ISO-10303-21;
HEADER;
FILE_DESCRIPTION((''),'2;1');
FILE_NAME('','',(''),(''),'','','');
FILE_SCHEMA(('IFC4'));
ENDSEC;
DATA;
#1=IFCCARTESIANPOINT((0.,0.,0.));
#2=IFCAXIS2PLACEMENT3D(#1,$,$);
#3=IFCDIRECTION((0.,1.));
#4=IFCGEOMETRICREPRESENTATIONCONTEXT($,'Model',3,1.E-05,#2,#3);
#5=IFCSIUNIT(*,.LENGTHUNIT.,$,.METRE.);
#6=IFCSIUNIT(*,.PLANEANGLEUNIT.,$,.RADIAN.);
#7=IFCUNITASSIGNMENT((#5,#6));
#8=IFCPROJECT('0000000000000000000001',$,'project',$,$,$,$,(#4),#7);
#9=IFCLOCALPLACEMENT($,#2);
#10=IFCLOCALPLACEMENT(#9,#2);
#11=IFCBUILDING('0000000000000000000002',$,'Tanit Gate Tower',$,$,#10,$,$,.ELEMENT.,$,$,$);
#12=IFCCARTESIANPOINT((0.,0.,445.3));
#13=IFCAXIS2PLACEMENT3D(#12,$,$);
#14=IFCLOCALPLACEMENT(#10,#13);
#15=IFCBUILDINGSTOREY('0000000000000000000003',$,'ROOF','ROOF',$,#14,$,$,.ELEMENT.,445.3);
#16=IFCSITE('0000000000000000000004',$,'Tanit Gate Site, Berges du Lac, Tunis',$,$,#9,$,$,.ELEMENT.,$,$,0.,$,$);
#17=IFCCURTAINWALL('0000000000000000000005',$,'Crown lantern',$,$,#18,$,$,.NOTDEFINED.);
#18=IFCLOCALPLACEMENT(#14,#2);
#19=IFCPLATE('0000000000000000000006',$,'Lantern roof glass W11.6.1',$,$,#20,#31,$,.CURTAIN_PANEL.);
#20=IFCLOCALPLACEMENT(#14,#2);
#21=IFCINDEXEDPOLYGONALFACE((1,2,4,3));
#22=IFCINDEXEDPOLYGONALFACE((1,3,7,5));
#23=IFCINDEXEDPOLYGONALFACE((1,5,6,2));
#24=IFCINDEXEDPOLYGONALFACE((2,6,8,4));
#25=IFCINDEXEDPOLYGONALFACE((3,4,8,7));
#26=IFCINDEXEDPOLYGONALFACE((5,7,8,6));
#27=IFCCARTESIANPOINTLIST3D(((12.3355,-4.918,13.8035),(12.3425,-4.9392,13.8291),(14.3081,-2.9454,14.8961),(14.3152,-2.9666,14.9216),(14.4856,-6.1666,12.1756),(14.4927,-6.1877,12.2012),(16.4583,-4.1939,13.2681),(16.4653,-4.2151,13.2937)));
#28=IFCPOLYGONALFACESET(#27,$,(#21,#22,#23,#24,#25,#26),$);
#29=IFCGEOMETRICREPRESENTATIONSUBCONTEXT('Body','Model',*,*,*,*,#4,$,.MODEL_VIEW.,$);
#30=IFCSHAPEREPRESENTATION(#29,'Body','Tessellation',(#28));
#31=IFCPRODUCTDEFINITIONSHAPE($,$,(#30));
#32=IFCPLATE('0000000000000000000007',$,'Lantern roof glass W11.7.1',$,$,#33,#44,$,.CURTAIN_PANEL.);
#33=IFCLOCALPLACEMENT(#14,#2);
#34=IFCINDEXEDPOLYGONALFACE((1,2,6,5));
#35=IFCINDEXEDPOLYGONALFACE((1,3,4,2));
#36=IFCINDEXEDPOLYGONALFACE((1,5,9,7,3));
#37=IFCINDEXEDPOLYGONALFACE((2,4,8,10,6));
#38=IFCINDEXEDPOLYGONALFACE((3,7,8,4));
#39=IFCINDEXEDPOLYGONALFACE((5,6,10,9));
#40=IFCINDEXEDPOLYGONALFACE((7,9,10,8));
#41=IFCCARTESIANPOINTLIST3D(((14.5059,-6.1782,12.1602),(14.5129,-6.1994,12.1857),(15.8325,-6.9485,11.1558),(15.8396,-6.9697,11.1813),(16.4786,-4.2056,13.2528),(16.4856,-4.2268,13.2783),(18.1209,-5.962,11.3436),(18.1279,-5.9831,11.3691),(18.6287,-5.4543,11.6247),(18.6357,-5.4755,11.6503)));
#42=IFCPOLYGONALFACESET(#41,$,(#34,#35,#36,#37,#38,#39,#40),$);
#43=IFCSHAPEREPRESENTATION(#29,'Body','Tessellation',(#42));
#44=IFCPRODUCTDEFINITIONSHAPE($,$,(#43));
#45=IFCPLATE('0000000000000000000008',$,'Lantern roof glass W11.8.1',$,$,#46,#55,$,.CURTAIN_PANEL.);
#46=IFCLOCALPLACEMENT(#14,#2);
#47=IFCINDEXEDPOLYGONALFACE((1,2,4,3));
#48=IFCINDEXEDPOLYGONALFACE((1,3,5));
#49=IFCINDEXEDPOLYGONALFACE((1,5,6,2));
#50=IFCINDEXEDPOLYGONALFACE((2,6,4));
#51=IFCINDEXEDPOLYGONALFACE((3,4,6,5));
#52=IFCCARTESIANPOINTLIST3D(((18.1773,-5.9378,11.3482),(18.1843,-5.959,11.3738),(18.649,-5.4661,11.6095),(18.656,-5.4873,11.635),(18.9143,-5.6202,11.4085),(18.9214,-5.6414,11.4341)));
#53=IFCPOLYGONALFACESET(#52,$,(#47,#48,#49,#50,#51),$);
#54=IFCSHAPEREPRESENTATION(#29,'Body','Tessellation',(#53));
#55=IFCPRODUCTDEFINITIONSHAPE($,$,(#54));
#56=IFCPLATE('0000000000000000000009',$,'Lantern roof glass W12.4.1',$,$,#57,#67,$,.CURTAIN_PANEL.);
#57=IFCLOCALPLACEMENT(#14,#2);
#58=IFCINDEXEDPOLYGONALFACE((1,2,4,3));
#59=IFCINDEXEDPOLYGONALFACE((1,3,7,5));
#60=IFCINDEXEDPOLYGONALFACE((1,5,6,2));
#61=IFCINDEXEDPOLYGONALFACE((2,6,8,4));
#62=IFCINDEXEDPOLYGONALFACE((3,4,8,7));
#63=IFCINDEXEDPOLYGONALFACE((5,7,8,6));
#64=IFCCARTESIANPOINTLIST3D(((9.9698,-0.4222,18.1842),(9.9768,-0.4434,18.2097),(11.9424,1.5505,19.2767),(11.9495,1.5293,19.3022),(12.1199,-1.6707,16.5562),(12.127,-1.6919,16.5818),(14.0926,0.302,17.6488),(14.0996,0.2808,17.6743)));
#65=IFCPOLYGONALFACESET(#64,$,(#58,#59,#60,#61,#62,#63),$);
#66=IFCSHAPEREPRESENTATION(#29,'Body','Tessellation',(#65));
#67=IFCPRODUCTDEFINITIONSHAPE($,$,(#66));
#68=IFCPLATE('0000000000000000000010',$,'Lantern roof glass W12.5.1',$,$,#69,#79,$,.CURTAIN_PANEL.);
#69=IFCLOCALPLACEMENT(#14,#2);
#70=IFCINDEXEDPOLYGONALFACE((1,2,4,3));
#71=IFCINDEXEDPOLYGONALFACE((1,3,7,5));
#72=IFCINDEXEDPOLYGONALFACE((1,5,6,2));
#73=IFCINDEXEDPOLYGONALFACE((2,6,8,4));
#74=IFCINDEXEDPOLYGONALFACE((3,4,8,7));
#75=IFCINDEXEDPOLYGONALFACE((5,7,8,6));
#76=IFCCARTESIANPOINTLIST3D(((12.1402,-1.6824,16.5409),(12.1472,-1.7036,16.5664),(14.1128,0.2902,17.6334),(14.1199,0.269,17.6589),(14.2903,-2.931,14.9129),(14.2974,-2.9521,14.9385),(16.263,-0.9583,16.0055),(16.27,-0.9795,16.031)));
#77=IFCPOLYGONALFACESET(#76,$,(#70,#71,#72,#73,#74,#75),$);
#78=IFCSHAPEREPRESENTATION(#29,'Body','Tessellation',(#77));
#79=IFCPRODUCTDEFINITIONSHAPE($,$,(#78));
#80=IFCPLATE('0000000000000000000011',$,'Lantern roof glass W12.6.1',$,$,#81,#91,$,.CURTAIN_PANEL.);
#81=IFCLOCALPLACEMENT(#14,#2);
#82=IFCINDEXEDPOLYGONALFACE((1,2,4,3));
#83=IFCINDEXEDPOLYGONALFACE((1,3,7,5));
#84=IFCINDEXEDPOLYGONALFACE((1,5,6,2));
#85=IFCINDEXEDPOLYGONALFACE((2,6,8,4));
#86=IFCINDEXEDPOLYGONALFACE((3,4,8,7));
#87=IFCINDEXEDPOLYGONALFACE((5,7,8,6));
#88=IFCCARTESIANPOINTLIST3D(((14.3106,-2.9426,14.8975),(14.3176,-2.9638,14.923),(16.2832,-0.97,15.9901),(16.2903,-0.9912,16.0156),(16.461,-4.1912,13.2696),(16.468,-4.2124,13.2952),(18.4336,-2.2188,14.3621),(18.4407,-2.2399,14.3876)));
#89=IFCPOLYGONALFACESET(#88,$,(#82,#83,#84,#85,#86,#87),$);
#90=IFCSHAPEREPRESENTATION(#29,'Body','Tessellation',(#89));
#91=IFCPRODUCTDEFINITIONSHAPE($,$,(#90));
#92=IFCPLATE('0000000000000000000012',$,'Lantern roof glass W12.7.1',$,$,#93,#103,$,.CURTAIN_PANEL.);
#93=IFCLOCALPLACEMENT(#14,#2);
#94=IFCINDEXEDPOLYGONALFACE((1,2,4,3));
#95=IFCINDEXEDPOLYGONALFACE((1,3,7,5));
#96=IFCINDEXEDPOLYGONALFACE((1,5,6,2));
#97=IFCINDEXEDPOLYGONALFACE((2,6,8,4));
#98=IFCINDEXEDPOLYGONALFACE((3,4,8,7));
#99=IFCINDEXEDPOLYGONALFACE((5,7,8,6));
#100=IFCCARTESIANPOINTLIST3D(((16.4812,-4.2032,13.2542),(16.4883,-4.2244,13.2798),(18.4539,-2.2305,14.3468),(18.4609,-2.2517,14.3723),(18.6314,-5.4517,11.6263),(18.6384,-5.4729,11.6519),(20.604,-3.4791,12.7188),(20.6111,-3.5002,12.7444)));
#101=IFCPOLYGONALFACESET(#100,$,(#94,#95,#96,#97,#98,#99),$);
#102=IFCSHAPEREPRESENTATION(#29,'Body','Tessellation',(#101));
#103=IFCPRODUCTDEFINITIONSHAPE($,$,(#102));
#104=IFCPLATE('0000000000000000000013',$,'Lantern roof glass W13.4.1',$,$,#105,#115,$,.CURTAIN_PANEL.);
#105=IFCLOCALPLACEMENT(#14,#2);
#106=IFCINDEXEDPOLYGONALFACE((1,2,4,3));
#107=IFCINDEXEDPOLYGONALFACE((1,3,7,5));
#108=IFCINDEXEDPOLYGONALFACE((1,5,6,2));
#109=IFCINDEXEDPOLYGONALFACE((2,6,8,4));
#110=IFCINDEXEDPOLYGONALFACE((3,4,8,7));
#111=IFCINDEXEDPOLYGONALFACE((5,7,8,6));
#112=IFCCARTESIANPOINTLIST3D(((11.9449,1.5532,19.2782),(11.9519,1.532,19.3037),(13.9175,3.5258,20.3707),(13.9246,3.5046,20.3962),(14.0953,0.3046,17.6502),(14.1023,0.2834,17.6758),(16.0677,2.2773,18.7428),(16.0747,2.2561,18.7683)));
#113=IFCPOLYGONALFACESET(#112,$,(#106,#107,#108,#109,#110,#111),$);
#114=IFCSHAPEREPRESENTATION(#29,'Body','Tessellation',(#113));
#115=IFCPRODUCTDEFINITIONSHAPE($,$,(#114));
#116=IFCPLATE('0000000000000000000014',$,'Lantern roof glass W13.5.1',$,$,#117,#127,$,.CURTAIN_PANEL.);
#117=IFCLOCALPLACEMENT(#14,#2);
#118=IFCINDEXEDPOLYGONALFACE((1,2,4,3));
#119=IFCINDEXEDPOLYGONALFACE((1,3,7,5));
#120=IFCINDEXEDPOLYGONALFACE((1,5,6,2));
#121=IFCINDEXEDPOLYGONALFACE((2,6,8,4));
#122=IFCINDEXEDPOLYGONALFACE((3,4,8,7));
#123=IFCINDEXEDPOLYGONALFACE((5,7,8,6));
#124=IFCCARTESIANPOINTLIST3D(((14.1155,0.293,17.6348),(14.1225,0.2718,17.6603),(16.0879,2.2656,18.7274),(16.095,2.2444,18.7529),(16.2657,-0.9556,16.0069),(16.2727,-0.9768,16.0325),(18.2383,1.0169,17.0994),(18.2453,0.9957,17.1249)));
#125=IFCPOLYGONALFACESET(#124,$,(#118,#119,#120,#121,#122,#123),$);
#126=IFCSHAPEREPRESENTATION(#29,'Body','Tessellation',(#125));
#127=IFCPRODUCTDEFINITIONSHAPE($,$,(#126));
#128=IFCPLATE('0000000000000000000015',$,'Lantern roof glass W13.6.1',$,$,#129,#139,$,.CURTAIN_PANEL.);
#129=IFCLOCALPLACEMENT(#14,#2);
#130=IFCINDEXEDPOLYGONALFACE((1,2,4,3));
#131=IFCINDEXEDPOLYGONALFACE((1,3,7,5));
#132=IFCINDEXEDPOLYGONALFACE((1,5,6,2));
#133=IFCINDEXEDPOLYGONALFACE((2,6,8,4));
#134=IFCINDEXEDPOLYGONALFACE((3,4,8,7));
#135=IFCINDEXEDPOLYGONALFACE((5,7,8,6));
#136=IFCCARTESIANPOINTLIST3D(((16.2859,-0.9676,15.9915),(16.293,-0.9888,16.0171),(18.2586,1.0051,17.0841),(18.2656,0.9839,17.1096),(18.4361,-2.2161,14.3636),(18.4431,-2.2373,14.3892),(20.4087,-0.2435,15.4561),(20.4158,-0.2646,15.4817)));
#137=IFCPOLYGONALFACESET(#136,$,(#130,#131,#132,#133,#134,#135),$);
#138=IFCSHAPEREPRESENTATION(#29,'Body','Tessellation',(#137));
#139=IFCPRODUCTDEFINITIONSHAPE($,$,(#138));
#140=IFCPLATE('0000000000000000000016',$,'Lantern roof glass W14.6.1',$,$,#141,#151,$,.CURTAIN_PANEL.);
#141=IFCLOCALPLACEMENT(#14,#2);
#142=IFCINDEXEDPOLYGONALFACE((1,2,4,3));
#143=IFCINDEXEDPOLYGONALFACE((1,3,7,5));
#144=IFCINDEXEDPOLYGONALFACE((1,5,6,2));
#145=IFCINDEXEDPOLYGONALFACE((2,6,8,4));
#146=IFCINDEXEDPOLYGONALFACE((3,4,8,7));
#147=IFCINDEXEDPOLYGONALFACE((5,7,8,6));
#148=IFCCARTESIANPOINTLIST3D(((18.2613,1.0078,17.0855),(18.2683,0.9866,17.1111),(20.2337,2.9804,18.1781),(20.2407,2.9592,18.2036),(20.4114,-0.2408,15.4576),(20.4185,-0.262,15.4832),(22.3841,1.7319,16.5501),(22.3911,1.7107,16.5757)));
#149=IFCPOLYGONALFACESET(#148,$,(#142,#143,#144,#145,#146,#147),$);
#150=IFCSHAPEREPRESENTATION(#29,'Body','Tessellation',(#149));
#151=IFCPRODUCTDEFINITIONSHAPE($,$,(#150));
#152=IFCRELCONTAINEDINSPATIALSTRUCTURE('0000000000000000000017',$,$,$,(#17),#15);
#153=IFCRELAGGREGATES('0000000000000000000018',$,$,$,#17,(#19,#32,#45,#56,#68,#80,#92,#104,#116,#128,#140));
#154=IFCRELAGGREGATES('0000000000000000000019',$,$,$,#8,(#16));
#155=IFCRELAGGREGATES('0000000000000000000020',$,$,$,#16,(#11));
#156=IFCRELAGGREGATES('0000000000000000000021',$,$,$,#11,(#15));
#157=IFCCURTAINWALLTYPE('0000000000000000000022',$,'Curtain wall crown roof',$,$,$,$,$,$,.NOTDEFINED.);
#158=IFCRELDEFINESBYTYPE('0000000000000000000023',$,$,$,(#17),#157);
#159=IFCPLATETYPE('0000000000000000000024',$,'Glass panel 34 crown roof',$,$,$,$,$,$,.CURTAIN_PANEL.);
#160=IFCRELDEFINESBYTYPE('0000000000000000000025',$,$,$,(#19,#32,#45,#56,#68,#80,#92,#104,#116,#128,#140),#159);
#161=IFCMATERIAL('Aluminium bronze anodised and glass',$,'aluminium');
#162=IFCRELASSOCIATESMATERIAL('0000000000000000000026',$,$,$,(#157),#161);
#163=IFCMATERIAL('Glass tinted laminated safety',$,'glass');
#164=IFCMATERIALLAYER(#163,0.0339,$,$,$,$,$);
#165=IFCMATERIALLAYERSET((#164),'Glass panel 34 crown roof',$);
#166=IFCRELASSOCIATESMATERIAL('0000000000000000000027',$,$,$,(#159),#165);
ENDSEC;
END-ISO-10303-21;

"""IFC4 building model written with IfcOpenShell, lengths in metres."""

from ifc_helpers import new_model, si_unit, direction, frame, origin, place, context, subcontext, project, spatial, polyline, outline, extrude, material, layer, layer_set, type_object, element, aggregate, save


model = new_model("IFC4")

# Units and contexts
model_context = context("Model", 3, precision=1e-05, world=origin(), true_north=direction((0.0, 1.0)))
body_context = subcontext(model_context, "Body", "Model", "MODEL_VIEW")
ifc_project = project(units=[si_unit("LENGTHUNIT", "METRE"), si_unit("PLANEANGLEUNIT", "RADIAN")], contexts=[model_context])

# Site, building, storey
site_placement = place(None, origin())
site = spatial("IfcSite", under=ifc_project, at=site_placement, Name="Tanit Gate Site, Berges du Lac, Tunis", CompositionType="ELEMENT", RefElevation=0.0)
building_placement = place(site_placement, origin())
building = spatial("IfcBuilding", under=site, at=building_placement, Name="Tanit Gate Tower", CompositionType="ELEMENT")
storey_placement = place(building_placement, frame((0.0, 0.0, 445.3)))
storey = spatial("IfcBuildingStorey", under=building, at=storey_placement, Name="ROOF", Description="ROOF", CompositionType="ELEMENT", Elevation=445.3)

# Curtain wall, plates
ifc_material_1 = material(Name="Aluminium bronze anodised and glass", Category="aluminium")
curtain_wall_type = type_object("IfcCurtainWallType", Name="Curtain wall crown roof", PredefinedType="NOTDEFINED", material=ifc_material_1)
curtain_wall_placement = place(storey_placement, origin())
curtain_wall = element("IfcCurtainWall", 1, at=curtain_wall_placement, inside=storey, type_object=curtain_wall_type, Name="Crown lantern", PredefinedType="NOTDEFINED")
ifc_material_2 = material(Name="Glass tinted laminated safety", Category="glass")
ifc_layer = layer(ifc_material_2, 0.0339)
ifc_layer_set = layer_set([ifc_layer], Name="Glass panel 34 crown roof")
plate_type = type_object("IfcPlateType", Name="Glass panel 34 crown roof", PredefinedType="CURTAIN_PANEL", material=ifc_layer_set)
plate_1_placement = place(storey_placement, frame((14.4927, -6.1877, 12.2012), z_axis=(0.207468, -0.624492, 0.752972), x_axis=(0.658417, 0.658417, 0.364656)))
plate_1 = element("IfcPlate", 2, at=plate_1_placement, type_object=plate_type, Name="Lantern roof glass W11.6.1", PredefinedType="CURTAIN_PANEL", context=body_context, shape_type="SweptSolid", body=[
    extrude(outline(polyline([(0.0, 0.0), (2.9961, 0.0), (2.9961, 2.9719), (0.0, 2.9719), (0.0, 0.0)])), origin(), (0.0, 0.0, -1.0), 0.0339),
])
plate_2_placement = place(storey_placement, frame((16.4856, -4.2268, 13.2783), z_axis=(0.207443, -0.624512, 0.752962), x_axis=(-0.658424, -0.658396, -0.364681)))
plate_2 = element("IfcPlate", 3, at=plate_2_placement, type_object=plate_type, Name="Lantern roof glass W11.7.1", PredefinedType="CURTAIN_PANEL", context=body_context, shape_type="SweptSolid", body=[
    extrude(outline(polyline([(0.0, 0.0), (2.9961, 0.0), (2.996, 1.8336), (0.7713, 2.9719), (0.0002, 2.972), (0.0, 0.0)])), origin(), (0.0, 0.0, -1.0), 0.0339),
])
plate_3_placement = place(storey_placement, frame((18.656, -5.4873, 11.635), z_axis=(0.20753, -0.624524, 0.752928), x_axis=(-0.658418, -0.658418, -0.364652)))
plate_3 = element("IfcPlate", 4, at=plate_3_placement, type_object=plate_type, Name="Lantern roof glass W11.8.1", PredefinedType="CURTAIN_PANEL", context=body_context, shape_type="SweptSolid", body=[
    extrude(outline(polyline([(0.0, 0.0), (0.7164, 0.0), (0.0, 0.3668), (0.0, 0.0)])), origin(), (0.0, 0.0, -1.0), 0.0339),
])
plate_4_placement = place(storey_placement, frame((12.127, -1.6919, 16.5818), z_axis=(0.207468, -0.624492, 0.752972), x_axis=(0.658417, 0.658417, 0.364656)))
plate_4 = element("IfcPlate", 5, at=plate_4_placement, type_object=plate_type, Name="Lantern roof glass W12.4.1", PredefinedType="CURTAIN_PANEL", context=body_context, shape_type="SweptSolid", body=[
    extrude(outline(polyline([(0.0, 0.0), (2.9961, 0.0), (2.9961, 2.9719), (0.0, 2.9719), (0.0, 0.0)])), origin(), (0.0, 0.0, -1.0), 0.0339),
])
plate_5_placement = place(storey_placement, frame((14.2974, -2.9521, 14.9385), z_axis=(0.207468, -0.624492, 0.752972), x_axis=(0.658417, 0.658417, 0.364656)))
plate_5 = element("IfcPlate", 6, at=plate_5_placement, type_object=plate_type, Name="Lantern roof glass W12.5.1", PredefinedType="CURTAIN_PANEL", context=body_context, shape_type="SweptSolid", body=[
    extrude(outline(polyline([(0.0, 0.0), (2.9961, 0.0), (2.9961, 2.9719), (0.0, 2.9719), (0.0, 0.0)])), origin(), (0.0, 0.0, -1.0), 0.0339),
])
plate_6_placement = place(storey_placement, frame((16.468, -4.2124, 13.2952), z_axis=(0.20742, -0.62449, 0.752986), x_axis=(0.658447, 0.658387, 0.364656)))
plate_6 = element("IfcPlate", 7, at=plate_6_placement, type_object=plate_type, Name="Lantern roof glass W12.6.1", PredefinedType="CURTAIN_PANEL", context=body_context, shape_type="SweptSolid", body=[
    extrude(outline(polyline([(0.0, 0.0), (2.9959, 0.0), (2.9958, 2.9722), (-0.0003, 2.9721), (0.0, 0.0)])), origin(), (0.0, 0.0, -1.0), 0.0339),
])
plate_7_placement = place(storey_placement, frame((18.6384, -5.4729, 11.6519), z_axis=(0.207468, -0.624492, 0.752972), x_axis=(0.658417, 0.658417, 0.364656)))
plate_7 = element("IfcPlate", 8, at=plate_7_placement, type_object=plate_type, Name="Lantern roof glass W12.7.1", PredefinedType="CURTAIN_PANEL", context=body_context, shape_type="SweptSolid", body=[
    extrude(outline(polyline([(0.0, 0.0), (2.9961, 0.0), (2.9961, 2.9719), (0.0, 2.9719), (0.0, 0.0)])), origin(), (0.0, 0.0, -1.0), 0.0339),
])
plate_8_placement = place(storey_placement, frame((14.1023, 0.2834, 17.6758), z_axis=(0.207467, -0.624482, 0.75298), x_axis=(0.658373, 0.658447, 0.364681)))
plate_8 = element("IfcPlate", 9, at=plate_8_placement, type_object=plate_type, Name="Lantern roof glass W13.4.1", PredefinedType="CURTAIN_PANEL", context=body_context, shape_type="SweptSolid", body=[
    extrude(outline(polyline([(0.0, 0.0), (2.9959, 0.0), (2.9961, 2.9719), (0.0, 2.9721), (0.0, 0.0)])), origin(), (0.0, 0.0, -1.0), 0.0339),
])
plate_9_placement = place(storey_placement, frame((16.2727, -0.9768, 16.0325), z_axis=(0.207432, -0.624488, 0.752985), x_axis=(0.658445, 0.658392, 0.36465)))
plate_9 = element("IfcPlate", 10, at=plate_9_placement, type_object=plate_type, Name="Lantern roof glass W13.5.1", PredefinedType="CURTAIN_PANEL", context=body_context, shape_type="SweptSolid", body=[
    extrude(outline(polyline([(0.0, 0.0), (2.9959, 0.0), (2.9958, 2.9722), (-0.0001, 2.9719), (0.0, 0.0)])), origin(), (0.0, 0.0, -1.0), 0.0339),
])
plate_10_placement = place(storey_placement, frame((18.4431, -2.2373, 14.3892), z_axis=(0.207468, -0.624492, 0.752972), x_axis=(0.658417, 0.658417, 0.364656)))
plate_10 = element("IfcPlate", 11, at=plate_10_placement, type_object=plate_type, Name="Lantern roof glass W13.6.1", PredefinedType="CURTAIN_PANEL", context=body_context, shape_type="SweptSolid", body=[
    extrude(outline(polyline([(0.0, 0.0), (2.9961, 0.0), (2.9961, 2.9719), (0.0, 2.9719), (0.0, 0.0)])), origin(), (0.0, 0.0, -1.0), 0.0339),
])
plate_11_placement = place(storey_placement, frame((20.4185, -0.262, 15.4832), z_axis=(0.207467, -0.624482, 0.75298), x_axis=(0.658415, 0.658422, 0.364649)))
plate_11 = element("IfcPlate", 12, at=plate_11_placement, type_object=plate_type, Name="Lantern roof glass W14.6.1", PredefinedType="CURTAIN_PANEL", context=body_context, shape_type="SweptSolid", body=[
    extrude(outline(polyline([(0.0, 0.0), (2.9961, 0.0), (2.9959, 2.9721), (0.0, 2.9719), (0.0, 0.0)])), origin(), (0.0, 0.0, -1.0), 0.0339),
])
aggregate(curtain_wall, [plate_1, plate_2, plate_3, plate_4, plate_5, plate_6, plate_7, plate_8, plate_9, plate_10, plate_11])

save(model, "model.ifc")
